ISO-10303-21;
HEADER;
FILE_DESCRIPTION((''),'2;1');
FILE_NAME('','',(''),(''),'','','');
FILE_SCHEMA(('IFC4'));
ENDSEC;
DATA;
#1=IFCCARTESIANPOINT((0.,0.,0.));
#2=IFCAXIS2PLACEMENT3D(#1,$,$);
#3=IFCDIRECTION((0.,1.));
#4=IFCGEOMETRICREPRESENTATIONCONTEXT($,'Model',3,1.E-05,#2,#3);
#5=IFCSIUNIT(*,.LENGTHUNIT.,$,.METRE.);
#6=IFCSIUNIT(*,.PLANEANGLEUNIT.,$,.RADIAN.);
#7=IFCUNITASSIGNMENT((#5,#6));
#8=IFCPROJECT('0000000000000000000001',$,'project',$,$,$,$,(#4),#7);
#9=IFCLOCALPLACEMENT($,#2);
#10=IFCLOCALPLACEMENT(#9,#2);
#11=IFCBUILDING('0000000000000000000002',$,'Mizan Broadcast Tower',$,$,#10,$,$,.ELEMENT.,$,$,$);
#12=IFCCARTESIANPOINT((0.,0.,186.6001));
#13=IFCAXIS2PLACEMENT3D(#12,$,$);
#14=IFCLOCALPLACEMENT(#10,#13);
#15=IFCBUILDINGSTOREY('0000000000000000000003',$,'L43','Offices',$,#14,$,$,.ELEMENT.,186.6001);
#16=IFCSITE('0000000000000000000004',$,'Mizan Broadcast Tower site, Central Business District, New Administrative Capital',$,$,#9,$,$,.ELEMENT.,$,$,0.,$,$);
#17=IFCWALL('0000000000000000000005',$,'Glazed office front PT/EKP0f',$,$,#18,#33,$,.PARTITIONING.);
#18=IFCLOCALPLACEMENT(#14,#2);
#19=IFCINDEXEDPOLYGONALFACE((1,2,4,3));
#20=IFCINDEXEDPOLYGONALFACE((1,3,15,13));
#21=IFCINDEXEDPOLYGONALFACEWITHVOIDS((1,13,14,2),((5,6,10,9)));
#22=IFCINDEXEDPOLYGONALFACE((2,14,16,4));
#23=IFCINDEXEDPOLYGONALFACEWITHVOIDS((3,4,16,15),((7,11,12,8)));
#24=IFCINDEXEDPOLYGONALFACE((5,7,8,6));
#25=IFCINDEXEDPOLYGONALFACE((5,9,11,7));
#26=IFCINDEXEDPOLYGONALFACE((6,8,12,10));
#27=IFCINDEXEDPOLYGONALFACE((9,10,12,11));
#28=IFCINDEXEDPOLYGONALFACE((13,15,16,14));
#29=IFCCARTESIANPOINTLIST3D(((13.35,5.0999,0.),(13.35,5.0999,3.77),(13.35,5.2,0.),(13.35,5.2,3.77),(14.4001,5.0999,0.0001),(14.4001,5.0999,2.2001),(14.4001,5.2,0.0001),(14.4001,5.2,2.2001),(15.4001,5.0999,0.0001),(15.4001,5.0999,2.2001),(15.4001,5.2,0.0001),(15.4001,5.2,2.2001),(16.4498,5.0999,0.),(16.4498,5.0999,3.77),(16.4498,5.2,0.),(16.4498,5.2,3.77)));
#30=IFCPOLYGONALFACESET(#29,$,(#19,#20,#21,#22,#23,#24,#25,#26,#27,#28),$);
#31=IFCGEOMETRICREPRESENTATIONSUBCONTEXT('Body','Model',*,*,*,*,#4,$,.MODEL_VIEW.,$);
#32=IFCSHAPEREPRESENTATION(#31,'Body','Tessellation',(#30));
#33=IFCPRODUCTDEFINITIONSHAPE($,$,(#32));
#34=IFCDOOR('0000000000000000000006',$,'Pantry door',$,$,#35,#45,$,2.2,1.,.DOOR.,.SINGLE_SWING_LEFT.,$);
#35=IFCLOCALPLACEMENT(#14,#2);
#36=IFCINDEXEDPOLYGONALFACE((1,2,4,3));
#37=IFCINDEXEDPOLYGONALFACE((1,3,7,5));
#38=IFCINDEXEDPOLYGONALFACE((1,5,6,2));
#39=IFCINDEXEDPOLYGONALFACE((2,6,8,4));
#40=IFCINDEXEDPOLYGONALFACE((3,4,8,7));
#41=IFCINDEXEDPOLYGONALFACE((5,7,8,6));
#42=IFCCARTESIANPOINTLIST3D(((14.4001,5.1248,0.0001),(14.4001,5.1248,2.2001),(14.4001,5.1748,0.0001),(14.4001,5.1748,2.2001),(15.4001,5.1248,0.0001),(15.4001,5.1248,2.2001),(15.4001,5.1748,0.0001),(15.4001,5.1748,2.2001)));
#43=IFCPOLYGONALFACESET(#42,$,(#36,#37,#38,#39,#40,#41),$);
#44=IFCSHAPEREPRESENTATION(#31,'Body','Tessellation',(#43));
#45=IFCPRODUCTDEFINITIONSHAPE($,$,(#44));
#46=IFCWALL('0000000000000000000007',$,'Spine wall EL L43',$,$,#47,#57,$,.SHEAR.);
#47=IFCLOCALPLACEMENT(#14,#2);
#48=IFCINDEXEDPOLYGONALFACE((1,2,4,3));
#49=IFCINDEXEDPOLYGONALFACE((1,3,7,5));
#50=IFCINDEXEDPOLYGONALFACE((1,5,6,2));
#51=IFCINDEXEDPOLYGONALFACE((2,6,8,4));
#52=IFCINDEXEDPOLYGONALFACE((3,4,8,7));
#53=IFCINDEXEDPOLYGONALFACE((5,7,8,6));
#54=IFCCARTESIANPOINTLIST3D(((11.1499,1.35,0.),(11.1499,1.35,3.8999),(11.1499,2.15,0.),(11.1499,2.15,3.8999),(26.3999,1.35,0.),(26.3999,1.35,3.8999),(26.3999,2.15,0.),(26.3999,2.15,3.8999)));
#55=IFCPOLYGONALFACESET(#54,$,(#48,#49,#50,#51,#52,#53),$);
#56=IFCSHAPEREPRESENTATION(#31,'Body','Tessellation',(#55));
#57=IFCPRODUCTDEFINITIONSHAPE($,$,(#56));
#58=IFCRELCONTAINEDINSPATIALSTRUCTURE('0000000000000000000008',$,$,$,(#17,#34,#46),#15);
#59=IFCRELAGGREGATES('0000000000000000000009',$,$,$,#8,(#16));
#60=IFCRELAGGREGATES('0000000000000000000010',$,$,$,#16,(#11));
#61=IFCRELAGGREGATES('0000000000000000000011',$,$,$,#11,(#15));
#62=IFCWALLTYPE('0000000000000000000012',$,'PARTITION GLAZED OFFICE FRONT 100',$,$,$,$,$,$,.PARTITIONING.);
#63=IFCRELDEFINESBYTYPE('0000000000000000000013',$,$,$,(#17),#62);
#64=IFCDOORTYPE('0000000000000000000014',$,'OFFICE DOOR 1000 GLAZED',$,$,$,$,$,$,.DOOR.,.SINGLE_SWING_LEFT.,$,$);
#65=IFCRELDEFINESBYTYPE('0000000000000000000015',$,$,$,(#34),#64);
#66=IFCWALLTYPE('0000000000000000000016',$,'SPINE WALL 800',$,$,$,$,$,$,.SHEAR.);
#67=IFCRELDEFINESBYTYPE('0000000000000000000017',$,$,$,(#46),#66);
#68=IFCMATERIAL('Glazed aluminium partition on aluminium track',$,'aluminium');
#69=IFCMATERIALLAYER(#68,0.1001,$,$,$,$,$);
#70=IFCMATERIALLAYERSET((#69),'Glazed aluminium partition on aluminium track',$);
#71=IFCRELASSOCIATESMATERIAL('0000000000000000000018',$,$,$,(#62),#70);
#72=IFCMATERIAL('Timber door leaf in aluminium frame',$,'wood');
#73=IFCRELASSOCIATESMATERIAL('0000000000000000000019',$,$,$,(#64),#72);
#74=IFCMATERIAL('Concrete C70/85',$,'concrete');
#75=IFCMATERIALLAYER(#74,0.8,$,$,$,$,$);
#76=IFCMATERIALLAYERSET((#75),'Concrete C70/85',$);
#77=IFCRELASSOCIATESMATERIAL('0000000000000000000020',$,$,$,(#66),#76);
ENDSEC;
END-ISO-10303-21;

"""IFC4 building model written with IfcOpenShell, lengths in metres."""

from ifc_helpers import new_model, si_unit, direction, frame, frame_2d, origin, place, context, subcontext, project, spatial, rectangle, extrude, material, layer, layer_set, type_object, element, fill, save


model = new_model("IFC4")

# Units and contexts
model_context = context("Model", 3, precision=1e-05, world=origin(), true_north=direction((0.0, 1.0)))
body_context = subcontext(model_context, "Body", "Model", "MODEL_VIEW")
ifc_project = project(units=[si_unit("LENGTHUNIT", "METRE"), si_unit("PLANEANGLEUNIT", "RADIAN")], contexts=[model_context])

# Site, building, storey
site_placement = place(None, origin())
site = spatial("IfcSite", under=ifc_project, at=site_placement, Name="Mizan Broadcast Tower site, Central Business District, New Administrative Capital", CompositionType="ELEMENT", RefElevation=0.0)
building_placement = place(site_placement, origin())
building = spatial("IfcBuilding", under=site, at=building_placement, Name="Mizan Broadcast Tower", CompositionType="ELEMENT")
storey_placement = place(building_placement, frame((0.0, 0.0, 186.6001)))
storey = spatial("IfcBuildingStorey", under=building, at=storey_placement, Name="L43", Description="Offices", CompositionType="ELEMENT", Elevation=186.6001)

# Shared definitions
ifc_material_1 = material(Name="Glazed aluminium partition on aluminium track", Category="aluminium")
ifc_layer_1 = layer(ifc_material_1, 0.1001)
ifc_layer_set_1 = layer_set([ifc_layer_1], Name="Glazed aluminium partition on aluminium track")
wall_type_1 = type_object("IfcWallType", Name="PARTITION GLAZED OFFICE FRONT 100", PredefinedType="PARTITIONING", material=ifc_layer_set_1)

# Wall, opening, door
wall_1_placement = place(storey_placement, frame((13.3501, 5.1499, 0.0), z_axis=(0.0, 0.0, 1.0), x_axis=(1.0, 0.0, 0.0)))
wall_1 = element("IfcWall", 1, at=wall_1_placement, inside=storey, type_object=wall_type_1, Name="Glazed office front PT/EKP0f", PredefinedType="PARTITIONING", context=body_context, shape_type="SweptSolid", body=[
    extrude(rectangle(XDim=3.0999, YDim=0.1001, at=frame_2d((1.5498, 0.0))), origin(), (0.0, 0.0, 1.0), 3.77),
])
opening_1_placement = place(wall_1_placement, frame((1.05, 0.0, 0.0)))
opening_1 = element("IfcOpeningElement", 2, at=opening_1_placement, cuts=wall_1, PredefinedType="OPENING", context=body_context, shape_type="SweptSolid", body=[
    extrude(rectangle(XDim=1.0, YDim=2.2, at=frame_2d((0.5, 1.1001))), frame((0.0, 0.0601, 0.0), z_axis=(0.0, -1.0, 0.0), x_axis=(1.0, 0.0, 0.0)), (0.0, 0.0, 1.0), 0.1201),
])
ifc_material_2 = material(Name="Timber door leaf in aluminium frame", Category="wood")
door_type_1 = type_object("IfcDoorType", Name="OFFICE DOOR 1000 GLAZED", OperationType="SINGLE_SWING_LEFT", PredefinedType="DOOR", material=ifc_material_2)
door_1_placement = place(opening_1_placement, origin())
door_1 = element("IfcDoor", 3, at=door_1_placement, inside=storey, type_object=door_type_1, Name="Pantry door", OperationType="SINGLE_SWING_LEFT", OverallHeight=2.2, OverallWidth=1.0, PredefinedType="DOOR", context=body_context, shape_type="SweptSolid", body=[
    extrude(rectangle(XDim=1.0, YDim=2.2, at=frame_2d((0.5, 1.1001))), frame((0.0, 0.0249, 0.0), z_axis=(0.0, -1.0, 0.0), x_axis=(1.0, 0.0, 0.0)), (0.0, 0.0, 1.0), 0.05),
])
fill(opening_1, door_1)

# Wall
ifc_material_3 = material(Name="Concrete C70/85", Category="concrete")
ifc_layer_2 = layer(ifc_material_3, 0.8)
ifc_layer_set_2 = layer_set([ifc_layer_2], Name="Concrete C70/85")
wall_type_2 = type_object("IfcWallType", Name="SPINE WALL 800", PredefinedType="SHEAR", material=ifc_layer_set_2)
wall_2_placement = place(storey_placement, frame((11.1499, 1.75, 0.0), z_axis=(0.0, 0.0, 1.0), x_axis=(1.0, 0.0, 0.0)))
element("IfcWall", 4, at=wall_2_placement, inside=storey, type_object=wall_type_2, Name="Spine wall EL L43", PredefinedType="SHEAR", context=body_context, shape_type="SweptSolid", body=[
    extrude(rectangle(XDim=15.25, YDim=0.8, at=frame_2d((7.625, 0.0))), origin(), (0.0, 0.0, 1.0), 3.8999),
])

save(model, "model.ifc")
